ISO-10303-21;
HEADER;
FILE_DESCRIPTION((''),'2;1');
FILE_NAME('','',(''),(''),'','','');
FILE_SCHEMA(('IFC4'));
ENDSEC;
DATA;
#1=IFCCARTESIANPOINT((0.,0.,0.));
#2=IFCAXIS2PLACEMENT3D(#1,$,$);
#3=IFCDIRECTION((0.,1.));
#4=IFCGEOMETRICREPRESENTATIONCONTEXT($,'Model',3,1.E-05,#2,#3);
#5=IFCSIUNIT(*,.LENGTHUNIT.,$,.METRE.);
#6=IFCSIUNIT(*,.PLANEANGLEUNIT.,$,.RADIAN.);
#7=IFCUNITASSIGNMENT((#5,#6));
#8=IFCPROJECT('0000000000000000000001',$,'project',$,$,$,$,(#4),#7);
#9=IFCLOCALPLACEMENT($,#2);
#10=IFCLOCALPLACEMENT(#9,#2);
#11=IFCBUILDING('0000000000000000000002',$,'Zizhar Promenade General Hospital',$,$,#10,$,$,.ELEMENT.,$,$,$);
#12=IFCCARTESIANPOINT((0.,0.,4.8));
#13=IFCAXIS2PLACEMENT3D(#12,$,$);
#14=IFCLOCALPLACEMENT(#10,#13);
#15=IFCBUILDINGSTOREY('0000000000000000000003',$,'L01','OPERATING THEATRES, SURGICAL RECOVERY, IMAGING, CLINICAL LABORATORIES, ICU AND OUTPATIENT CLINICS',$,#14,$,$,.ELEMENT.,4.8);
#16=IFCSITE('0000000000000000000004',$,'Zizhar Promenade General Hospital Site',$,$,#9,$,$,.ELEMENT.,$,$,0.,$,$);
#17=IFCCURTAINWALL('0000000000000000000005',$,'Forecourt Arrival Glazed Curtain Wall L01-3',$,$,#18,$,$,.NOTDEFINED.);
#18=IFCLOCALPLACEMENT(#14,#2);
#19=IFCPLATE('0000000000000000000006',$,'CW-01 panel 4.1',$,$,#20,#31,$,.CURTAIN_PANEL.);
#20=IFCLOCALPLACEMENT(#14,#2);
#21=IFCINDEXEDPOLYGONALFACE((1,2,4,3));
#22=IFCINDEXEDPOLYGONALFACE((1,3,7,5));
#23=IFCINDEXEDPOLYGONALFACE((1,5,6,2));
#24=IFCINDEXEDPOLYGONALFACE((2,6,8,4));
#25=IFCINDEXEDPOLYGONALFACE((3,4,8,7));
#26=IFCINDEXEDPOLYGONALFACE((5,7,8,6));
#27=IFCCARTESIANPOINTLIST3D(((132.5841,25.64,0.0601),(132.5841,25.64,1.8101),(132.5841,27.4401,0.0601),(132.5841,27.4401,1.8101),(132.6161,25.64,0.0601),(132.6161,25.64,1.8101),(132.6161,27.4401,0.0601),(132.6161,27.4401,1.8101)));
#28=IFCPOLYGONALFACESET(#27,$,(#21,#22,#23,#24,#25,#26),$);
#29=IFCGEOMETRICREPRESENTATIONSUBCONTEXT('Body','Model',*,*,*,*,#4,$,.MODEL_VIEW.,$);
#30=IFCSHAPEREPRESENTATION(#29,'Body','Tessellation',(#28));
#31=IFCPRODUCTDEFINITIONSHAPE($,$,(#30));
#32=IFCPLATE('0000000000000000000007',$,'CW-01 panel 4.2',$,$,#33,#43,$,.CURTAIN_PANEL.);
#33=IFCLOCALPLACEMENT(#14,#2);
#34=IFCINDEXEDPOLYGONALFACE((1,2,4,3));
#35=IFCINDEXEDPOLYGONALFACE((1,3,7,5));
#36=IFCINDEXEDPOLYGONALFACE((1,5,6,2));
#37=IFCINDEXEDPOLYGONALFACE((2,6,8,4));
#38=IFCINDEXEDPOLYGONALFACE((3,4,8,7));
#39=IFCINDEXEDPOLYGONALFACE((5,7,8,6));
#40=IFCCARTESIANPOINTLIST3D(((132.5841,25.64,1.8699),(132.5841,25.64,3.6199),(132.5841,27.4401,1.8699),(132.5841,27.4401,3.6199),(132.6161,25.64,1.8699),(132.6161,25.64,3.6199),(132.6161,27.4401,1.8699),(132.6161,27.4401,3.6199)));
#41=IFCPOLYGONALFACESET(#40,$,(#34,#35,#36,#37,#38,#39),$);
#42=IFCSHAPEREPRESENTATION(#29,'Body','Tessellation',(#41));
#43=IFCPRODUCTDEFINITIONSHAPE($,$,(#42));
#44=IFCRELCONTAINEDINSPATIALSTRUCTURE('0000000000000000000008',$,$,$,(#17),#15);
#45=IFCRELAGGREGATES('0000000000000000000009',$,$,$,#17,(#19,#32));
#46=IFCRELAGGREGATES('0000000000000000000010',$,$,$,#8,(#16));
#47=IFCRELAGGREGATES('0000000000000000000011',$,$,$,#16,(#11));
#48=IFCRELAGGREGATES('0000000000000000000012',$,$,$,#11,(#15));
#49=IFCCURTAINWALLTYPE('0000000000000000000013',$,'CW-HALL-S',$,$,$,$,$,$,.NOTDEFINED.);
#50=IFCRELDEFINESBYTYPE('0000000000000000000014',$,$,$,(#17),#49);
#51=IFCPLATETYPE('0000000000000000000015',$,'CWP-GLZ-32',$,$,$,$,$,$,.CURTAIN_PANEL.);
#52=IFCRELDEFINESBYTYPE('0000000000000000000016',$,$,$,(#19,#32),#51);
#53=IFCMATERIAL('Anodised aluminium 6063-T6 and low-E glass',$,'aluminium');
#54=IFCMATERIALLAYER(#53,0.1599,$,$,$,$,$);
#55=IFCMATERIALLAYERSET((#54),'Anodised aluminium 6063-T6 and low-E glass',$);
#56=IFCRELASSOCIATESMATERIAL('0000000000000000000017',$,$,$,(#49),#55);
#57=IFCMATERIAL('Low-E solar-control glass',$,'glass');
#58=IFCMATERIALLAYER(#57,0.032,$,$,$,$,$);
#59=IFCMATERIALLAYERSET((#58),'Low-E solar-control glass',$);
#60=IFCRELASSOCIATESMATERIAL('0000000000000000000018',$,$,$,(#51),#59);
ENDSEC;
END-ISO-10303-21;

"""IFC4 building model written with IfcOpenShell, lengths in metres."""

from ifc_helpers import new_model, si_unit, direction, frame, origin, origin_2d, place, context, subcontext, project, spatial, rectangle, extrude, material, layer, layer_set, type_object, element, aggregate, save


model = new_model("IFC4")

# Units and contexts
model_context = context("Model", 3, precision=1e-05, world=origin(), true_north=direction((0.0, 1.0)))
body_context = subcontext(model_context, "Body", "Model", "MODEL_VIEW")
ifc_project = project(units=[si_unit("LENGTHUNIT", "METRE"), si_unit("PLANEANGLEUNIT", "RADIAN")], contexts=[model_context])

# Site, building, storey
site_placement = place(None, origin())
site = spatial("IfcSite", under=ifc_project, at=site_placement, Name="Zizhar Promenade General Hospital Site", CompositionType="ELEMENT", RefElevation=0.0)
building_placement = place(site_placement, origin())
building = spatial("IfcBuilding", under=site, at=building_placement, Name="Zizhar Promenade General Hospital", CompositionType="ELEMENT")
storey_placement = place(building_placement, frame((0.0, 0.0, 4.8)))
storey = spatial("IfcBuildingStorey", under=building, at=storey_placement, Name="L01", Description="OPERATING THEATRES, SURGICAL RECOVERY, IMAGING, CLINICAL LABORATORIES, ICU AND OUTPATIENT CLINICS", CompositionType="ELEMENT", Elevation=4.8)

# Curtain wall
ifc_material_1 = material(Name="Anodised aluminium 6063-T6 and low-E glass", Category="aluminium")
ifc_layer_1 = layer(ifc_material_1, 0.1599)
ifc_layer_set_1 = layer_set([ifc_layer_1], Name="Anodised aluminium 6063-T6 and low-E glass")
curtain_wall_type = type_object("IfcCurtainWallType", Name="CW-HALL-S", PredefinedType="NOTDEFINED", material=ifc_layer_set_1)
curtain_wall_1_placement = place(storey_placement, origin())
curtain_wall_1 = element("IfcCurtainWall", 1, at=curtain_wall_1_placement, inside=storey, type_object=curtain_wall_type, Name="Forecourt Arrival Glazed Curtain Wall L01-3", PredefinedType="NOTDEFINED")

# Plates
ifc_material_2 = material(Name="Low-E solar-control glass", Category="glass")
ifc_layer_2 = layer(ifc_material_2, 0.032)
ifc_layer_set_2 = layer_set([ifc_layer_2], Name="Low-E solar-control glass")
plate_type = type_object("IfcPlateType", Name="CWP-GLZ-32", PredefinedType="CURTAIN_PANEL", material=ifc_layer_set_2)
plate_1_placement = place(storey_placement, frame((132.6001, 26.54, 0.0601), z_axis=(0.0, 0.0, 1.0), x_axis=(0.0, -1.0, 0.0)))
plate_1 = element("IfcPlate", 2, at=plate_1_placement, type_object=plate_type, Name="CW-01 panel 4.1", PredefinedType="CURTAIN_PANEL", context=body_context, shape_type="SweptSolid", body=[
    extrude(rectangle(XDim=1.8, YDim=0.032, at=origin_2d()), origin(), (0.0, 0.0, 1.0), 1.75),
])
plate_2_placement = place(storey_placement, frame((132.6001, 26.54, 1.8699), z_axis=(0.0, 0.0, 1.0), x_axis=(0.0, -1.0, 0.0)))
plate_2 = element("IfcPlate", 3, at=plate_2_placement, type_object=plate_type, Name="CW-01 panel 4.2", PredefinedType="CURTAIN_PANEL", context=body_context, shape_type="SweptSolid", body=[
    extrude(rectangle(XDim=1.8, YDim=0.032, at=origin_2d()), origin(), (0.0, 0.0, 1.0), 1.75),
])
aggregate(curtain_wall_1, [plate_1, plate_2])

save(model, "model.ifc")
